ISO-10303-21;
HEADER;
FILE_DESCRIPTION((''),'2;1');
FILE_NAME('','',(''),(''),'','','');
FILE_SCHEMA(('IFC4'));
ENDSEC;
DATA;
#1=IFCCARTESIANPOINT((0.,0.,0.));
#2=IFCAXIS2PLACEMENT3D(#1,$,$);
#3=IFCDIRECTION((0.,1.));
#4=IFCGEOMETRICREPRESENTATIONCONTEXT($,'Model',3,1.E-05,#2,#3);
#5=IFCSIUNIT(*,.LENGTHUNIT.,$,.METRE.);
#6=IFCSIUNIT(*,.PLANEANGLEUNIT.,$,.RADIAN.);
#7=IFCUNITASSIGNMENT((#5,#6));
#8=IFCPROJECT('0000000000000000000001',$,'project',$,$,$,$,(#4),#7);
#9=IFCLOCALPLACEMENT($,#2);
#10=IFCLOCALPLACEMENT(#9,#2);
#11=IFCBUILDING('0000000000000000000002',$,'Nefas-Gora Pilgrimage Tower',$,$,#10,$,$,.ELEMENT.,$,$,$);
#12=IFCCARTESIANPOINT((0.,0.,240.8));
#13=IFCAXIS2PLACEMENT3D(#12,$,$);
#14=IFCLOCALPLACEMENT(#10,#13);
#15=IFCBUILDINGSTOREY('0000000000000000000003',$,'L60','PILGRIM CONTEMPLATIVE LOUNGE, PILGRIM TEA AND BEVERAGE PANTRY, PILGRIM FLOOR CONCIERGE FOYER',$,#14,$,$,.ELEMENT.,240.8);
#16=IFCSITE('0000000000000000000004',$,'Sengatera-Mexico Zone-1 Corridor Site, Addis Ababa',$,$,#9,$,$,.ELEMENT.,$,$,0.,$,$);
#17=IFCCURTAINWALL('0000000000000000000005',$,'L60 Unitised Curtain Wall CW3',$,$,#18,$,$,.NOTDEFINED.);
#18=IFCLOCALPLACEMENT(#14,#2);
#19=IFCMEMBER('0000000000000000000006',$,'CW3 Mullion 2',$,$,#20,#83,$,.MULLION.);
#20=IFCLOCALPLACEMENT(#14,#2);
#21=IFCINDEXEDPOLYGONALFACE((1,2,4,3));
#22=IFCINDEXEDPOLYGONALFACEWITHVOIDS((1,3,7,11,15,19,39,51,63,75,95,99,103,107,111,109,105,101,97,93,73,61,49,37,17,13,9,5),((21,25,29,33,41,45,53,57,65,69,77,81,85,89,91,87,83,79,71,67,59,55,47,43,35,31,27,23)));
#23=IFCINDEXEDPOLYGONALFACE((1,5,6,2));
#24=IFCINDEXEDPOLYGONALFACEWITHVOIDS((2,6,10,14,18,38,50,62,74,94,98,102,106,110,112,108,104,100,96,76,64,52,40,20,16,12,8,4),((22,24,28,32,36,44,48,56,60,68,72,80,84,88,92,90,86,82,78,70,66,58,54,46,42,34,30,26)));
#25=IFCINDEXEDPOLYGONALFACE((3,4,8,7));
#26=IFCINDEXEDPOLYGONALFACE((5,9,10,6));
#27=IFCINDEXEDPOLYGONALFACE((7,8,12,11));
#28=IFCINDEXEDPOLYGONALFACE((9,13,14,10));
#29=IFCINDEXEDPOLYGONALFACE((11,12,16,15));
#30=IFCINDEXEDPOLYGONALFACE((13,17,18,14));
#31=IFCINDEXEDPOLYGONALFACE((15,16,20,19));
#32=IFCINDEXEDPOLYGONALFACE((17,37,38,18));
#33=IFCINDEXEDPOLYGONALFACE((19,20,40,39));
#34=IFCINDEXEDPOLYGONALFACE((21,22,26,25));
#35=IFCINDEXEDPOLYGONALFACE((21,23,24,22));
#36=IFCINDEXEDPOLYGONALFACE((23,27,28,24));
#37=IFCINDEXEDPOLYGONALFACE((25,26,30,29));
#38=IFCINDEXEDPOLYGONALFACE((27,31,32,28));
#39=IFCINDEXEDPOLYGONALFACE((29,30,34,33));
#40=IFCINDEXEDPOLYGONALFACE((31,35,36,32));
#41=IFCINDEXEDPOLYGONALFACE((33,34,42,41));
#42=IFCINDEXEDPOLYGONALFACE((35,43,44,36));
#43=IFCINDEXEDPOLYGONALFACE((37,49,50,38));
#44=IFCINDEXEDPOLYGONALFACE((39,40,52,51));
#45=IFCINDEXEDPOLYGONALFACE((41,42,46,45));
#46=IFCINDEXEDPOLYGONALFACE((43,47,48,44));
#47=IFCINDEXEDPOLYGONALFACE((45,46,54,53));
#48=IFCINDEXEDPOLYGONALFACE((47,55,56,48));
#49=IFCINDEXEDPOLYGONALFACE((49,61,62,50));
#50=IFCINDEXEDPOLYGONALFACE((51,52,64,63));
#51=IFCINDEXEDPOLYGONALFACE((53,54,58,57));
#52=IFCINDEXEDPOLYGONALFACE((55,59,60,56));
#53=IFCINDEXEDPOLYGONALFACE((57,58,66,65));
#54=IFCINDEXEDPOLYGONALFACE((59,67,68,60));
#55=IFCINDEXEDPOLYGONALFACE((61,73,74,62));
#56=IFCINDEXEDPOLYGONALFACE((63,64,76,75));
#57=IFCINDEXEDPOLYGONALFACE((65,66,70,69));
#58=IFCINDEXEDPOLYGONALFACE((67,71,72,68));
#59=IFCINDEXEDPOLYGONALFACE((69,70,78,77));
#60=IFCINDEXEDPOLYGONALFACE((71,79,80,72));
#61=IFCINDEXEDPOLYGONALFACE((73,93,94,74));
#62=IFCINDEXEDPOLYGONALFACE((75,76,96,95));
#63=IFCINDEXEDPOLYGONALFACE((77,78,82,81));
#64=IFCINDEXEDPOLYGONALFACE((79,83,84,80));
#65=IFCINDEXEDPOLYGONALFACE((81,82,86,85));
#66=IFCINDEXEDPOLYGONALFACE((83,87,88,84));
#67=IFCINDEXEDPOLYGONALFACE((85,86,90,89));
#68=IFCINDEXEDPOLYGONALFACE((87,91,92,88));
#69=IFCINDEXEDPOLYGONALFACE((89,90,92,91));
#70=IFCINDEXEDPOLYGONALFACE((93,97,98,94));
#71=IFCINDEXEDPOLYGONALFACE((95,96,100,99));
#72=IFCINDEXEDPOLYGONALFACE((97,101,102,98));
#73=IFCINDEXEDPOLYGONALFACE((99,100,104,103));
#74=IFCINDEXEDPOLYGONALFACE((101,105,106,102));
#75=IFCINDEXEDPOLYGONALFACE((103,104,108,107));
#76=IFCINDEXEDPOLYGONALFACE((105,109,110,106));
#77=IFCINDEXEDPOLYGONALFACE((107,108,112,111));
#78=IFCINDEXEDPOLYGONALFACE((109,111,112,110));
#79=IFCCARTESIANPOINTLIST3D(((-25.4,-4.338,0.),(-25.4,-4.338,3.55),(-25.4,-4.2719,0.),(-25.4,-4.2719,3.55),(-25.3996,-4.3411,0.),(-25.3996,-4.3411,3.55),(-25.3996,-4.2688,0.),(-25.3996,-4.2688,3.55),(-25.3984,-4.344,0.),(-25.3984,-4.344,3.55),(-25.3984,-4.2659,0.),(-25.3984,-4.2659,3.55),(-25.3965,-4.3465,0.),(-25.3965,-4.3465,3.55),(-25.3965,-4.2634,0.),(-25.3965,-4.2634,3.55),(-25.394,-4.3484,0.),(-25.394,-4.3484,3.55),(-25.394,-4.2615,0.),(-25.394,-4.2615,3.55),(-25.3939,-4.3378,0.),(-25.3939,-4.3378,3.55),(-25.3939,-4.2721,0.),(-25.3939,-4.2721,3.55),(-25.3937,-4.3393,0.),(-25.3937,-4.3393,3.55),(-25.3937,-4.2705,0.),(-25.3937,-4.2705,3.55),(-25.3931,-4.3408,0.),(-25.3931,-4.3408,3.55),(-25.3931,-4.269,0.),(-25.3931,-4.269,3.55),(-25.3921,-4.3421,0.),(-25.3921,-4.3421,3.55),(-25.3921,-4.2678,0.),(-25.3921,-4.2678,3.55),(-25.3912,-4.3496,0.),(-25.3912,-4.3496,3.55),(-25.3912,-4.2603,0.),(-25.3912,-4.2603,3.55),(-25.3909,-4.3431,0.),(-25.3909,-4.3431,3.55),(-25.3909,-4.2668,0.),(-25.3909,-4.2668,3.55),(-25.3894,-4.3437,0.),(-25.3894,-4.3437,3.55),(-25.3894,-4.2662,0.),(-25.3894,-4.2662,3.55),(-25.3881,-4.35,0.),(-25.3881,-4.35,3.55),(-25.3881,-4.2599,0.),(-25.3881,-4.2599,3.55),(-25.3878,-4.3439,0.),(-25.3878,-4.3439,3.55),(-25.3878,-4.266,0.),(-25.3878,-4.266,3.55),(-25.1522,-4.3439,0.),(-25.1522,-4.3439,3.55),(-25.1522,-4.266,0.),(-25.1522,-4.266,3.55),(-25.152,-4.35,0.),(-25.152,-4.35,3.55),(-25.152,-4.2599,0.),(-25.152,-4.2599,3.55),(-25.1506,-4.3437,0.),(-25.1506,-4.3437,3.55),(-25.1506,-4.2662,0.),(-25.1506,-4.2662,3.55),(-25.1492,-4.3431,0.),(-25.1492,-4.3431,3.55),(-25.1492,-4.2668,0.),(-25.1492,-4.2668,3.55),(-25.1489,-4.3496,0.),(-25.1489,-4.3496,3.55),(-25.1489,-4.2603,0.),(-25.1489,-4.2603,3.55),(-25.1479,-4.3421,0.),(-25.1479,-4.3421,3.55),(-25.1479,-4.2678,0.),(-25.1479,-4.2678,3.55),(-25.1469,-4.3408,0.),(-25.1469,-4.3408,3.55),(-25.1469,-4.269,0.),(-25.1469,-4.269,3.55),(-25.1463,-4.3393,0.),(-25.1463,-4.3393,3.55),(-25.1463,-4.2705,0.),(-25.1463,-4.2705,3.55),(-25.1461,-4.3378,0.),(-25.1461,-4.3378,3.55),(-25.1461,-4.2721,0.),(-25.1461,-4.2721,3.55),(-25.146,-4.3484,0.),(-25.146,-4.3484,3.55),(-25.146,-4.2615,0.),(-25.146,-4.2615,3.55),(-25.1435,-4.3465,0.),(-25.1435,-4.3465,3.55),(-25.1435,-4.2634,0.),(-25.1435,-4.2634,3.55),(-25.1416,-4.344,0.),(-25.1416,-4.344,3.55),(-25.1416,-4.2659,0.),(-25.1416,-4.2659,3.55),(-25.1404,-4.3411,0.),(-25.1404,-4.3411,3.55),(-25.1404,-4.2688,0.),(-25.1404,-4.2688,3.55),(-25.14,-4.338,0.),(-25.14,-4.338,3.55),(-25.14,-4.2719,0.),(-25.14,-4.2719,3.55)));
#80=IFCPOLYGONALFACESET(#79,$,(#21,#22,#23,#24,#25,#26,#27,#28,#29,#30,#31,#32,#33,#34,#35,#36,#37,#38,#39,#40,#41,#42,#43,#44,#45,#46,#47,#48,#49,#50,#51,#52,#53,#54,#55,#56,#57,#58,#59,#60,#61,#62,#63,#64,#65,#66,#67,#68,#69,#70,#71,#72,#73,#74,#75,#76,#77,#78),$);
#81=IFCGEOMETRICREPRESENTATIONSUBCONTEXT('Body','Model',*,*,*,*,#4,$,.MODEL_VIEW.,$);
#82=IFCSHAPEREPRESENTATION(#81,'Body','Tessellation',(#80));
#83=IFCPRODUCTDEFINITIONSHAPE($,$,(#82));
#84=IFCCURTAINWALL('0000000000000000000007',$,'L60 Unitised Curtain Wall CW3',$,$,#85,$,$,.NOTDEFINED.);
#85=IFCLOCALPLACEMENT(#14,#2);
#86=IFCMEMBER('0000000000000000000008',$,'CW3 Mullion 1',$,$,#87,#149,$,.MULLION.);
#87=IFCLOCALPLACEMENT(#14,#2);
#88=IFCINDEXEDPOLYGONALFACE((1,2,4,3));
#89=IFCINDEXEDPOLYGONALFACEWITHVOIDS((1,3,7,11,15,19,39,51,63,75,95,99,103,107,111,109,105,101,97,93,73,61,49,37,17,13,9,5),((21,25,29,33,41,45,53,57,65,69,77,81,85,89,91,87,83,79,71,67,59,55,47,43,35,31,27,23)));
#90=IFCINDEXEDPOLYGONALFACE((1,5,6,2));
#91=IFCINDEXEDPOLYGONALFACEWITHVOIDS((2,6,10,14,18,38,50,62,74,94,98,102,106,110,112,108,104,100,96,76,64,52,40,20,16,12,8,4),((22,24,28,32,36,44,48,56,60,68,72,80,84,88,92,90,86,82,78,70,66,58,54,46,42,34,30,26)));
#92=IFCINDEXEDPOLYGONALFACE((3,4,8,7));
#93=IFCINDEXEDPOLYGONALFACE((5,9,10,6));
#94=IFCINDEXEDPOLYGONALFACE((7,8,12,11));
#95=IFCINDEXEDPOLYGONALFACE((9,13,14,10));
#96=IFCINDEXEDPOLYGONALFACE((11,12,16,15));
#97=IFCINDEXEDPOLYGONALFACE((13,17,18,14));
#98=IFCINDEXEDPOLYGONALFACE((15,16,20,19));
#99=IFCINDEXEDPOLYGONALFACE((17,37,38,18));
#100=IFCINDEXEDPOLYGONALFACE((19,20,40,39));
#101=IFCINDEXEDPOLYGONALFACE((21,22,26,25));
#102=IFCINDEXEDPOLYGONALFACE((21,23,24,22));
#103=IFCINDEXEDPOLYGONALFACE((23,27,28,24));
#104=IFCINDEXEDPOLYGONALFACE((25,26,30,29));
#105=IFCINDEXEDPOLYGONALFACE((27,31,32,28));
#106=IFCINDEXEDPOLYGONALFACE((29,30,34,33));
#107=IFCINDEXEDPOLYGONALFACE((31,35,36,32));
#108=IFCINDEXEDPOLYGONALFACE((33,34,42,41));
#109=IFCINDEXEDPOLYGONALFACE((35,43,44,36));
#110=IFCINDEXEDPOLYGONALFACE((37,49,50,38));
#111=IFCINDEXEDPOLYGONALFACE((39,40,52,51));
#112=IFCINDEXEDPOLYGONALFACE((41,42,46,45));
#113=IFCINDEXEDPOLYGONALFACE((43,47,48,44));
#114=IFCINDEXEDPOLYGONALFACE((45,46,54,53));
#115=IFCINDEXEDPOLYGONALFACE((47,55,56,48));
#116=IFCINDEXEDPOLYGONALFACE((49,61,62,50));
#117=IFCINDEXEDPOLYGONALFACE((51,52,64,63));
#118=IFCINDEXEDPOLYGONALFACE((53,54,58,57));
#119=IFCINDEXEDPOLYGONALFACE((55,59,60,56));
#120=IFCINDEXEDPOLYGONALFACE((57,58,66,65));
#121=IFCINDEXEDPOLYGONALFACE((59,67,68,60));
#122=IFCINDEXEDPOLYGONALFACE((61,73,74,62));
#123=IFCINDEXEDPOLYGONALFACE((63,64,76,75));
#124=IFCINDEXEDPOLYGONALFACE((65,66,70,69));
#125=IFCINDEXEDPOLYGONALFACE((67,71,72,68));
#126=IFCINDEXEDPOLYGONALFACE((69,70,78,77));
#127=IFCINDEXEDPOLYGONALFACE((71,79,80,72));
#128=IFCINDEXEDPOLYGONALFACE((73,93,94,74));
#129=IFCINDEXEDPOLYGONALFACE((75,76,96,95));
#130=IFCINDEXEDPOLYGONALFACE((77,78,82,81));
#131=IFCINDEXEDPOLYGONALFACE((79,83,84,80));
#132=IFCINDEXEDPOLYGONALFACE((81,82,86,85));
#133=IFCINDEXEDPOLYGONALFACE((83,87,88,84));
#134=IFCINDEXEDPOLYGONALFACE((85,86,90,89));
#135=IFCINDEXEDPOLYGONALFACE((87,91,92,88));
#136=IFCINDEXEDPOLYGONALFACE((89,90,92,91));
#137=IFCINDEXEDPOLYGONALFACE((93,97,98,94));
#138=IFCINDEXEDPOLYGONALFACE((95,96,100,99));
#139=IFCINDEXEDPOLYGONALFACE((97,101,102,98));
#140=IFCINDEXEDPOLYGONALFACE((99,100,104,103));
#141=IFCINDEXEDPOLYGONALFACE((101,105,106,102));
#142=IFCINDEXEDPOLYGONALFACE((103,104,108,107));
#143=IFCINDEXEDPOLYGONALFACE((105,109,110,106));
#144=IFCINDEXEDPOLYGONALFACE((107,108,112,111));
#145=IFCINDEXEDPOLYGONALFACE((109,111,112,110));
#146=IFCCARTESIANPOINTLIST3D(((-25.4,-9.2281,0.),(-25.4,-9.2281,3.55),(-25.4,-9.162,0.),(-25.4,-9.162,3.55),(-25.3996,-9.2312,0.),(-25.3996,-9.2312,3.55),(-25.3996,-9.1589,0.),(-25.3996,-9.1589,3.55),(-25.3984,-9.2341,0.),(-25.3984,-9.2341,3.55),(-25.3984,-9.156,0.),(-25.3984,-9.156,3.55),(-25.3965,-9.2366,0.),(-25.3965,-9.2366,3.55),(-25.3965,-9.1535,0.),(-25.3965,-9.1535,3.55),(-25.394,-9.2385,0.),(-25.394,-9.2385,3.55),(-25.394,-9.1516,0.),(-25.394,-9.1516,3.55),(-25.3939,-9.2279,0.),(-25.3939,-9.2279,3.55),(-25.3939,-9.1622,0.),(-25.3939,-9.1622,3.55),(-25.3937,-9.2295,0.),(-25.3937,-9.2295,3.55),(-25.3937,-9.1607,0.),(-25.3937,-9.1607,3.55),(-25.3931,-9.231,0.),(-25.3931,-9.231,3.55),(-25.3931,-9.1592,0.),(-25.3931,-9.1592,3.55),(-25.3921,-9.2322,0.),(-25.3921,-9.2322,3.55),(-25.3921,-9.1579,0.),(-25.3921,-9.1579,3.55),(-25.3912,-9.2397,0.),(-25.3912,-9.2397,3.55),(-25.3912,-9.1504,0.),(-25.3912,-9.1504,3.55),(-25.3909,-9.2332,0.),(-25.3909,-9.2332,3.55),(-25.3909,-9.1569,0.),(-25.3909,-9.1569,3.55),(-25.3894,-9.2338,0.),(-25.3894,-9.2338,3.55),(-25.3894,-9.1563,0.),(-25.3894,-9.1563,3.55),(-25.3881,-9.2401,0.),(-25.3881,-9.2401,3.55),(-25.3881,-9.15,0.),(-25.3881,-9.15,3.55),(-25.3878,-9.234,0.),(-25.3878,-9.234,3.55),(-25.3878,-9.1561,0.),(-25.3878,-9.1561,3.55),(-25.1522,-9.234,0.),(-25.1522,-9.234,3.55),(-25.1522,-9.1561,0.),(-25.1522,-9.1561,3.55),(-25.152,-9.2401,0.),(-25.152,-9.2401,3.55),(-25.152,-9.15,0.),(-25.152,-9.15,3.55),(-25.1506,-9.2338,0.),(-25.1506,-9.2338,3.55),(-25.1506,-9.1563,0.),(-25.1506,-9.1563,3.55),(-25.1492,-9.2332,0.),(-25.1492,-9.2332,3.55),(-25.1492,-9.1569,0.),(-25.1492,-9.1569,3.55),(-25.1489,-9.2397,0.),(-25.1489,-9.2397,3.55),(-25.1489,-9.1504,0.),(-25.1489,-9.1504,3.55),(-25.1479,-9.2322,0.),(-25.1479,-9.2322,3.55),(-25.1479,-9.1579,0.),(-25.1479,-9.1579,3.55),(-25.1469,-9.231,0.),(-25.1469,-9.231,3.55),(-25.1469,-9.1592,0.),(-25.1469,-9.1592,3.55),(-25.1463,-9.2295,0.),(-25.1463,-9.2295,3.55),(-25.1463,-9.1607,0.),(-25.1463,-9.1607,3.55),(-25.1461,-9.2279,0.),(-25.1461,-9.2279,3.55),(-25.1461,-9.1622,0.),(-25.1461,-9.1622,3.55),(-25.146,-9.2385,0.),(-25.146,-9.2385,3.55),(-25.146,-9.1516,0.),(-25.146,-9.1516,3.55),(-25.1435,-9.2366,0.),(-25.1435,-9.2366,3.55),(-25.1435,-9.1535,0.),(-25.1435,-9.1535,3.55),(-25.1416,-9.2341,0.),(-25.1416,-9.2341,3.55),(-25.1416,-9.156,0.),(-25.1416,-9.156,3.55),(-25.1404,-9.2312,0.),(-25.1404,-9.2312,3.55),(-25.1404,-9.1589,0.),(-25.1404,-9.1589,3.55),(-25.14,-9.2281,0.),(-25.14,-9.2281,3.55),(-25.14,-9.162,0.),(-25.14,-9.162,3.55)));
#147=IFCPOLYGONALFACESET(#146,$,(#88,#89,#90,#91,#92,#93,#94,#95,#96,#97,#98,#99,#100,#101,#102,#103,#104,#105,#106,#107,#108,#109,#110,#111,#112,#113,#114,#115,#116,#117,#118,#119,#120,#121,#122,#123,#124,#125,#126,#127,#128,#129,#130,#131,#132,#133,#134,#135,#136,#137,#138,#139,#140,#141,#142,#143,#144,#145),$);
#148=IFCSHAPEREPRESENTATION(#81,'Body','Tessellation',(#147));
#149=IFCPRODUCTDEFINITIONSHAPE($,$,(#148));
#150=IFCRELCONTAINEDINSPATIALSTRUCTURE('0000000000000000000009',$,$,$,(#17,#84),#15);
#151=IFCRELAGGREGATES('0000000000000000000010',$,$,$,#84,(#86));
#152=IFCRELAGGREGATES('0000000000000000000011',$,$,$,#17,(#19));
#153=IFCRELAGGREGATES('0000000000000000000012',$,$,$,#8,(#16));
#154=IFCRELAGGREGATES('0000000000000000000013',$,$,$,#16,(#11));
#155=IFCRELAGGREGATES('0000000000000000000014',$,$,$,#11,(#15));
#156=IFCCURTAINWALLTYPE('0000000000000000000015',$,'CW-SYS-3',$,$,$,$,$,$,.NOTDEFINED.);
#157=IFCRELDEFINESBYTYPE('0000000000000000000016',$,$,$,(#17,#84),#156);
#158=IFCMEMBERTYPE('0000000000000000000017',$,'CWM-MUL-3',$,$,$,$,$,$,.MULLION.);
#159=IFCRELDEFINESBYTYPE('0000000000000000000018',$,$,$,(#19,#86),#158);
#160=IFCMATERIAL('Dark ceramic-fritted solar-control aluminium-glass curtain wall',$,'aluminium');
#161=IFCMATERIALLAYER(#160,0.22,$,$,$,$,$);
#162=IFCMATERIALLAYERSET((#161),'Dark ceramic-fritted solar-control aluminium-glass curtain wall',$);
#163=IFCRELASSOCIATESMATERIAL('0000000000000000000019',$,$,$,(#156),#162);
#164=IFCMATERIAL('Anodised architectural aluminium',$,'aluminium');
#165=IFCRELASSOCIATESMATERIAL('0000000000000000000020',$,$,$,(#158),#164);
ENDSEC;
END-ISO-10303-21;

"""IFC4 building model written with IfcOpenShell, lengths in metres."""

from ifc_helpers import new_model, si_unit, direction, frame, origin, origin_2d, place, context, subcontext, project, spatial, hollow_rectangle, extrude, source, transform, mapped, material, layer, layer_set, material_profile, profile_set, type_object, element, aggregate, save


model = new_model("IFC4")

# Units and contexts
model_context = context("Model", 3, precision=1e-05, world=origin(), true_north=direction((0.0, 1.0)))
body_context = subcontext(model_context, "Body", "Model", "MODEL_VIEW")
ifc_project = project(units=[si_unit("LENGTHUNIT", "METRE"), si_unit("PLANEANGLEUNIT", "RADIAN")], contexts=[model_context])

# Site, building, storey
site_placement = place(None, origin())
site = spatial("IfcSite", under=ifc_project, at=site_placement, Name="Sengatera-Mexico Zone-1 Corridor Site, Addis Ababa", CompositionType="ELEMENT", RefElevation=0.0)
building_placement = place(site_placement, origin())
building = spatial("IfcBuilding", under=site, at=building_placement, Name="Nefas-Gora Pilgrimage Tower", CompositionType="ELEMENT")
storey_placement = place(building_placement, frame((0.0, 0.0, 240.8)))
storey = spatial("IfcBuildingStorey", under=building, at=storey_placement, Name="L60", Description="PILGRIM CONTEMPLATIVE LOUNGE, PILGRIM TEA AND BEVERAGE PANTRY, PILGRIM FLOOR CONCIERGE FOYER", CompositionType="ELEMENT", Elevation=240.8)

# Curtain wall, member
ifc_material_1 = material(Name="Dark ceramic-fritted solar-control aluminium-glass curtain wall", Category="aluminium")
ifc_layer_1 = layer(ifc_material_1, 0.22)
ifc_layer_set_1 = layer_set([ifc_layer_1], Name="Dark ceramic-fritted solar-control aluminium-glass curtain wall")
curtain_wall_type = type_object("IfcCurtainWallType", Name="CW-SYS-3", PredefinedType="NOTDEFINED", material=ifc_layer_set_1)
curtain_wall_1_placement = place(storey_placement, origin())
curtain_wall_1 = element("IfcCurtainWall", 1, at=curtain_wall_1_placement, inside=storey, type_object=curtain_wall_type, Name="L60 Unitised Curtain Wall CW3", PredefinedType="NOTDEFINED")
ifc_material_2 = material(Name="Anodised architectural aluminium", Category="aluminium")
ifc_material_profile_1 = material_profile(ifc_material_2, hollow_rectangle(XDim=0.0901, YDim=0.26, WallThickness=0.0061, InnerFilletRadius=0.0061, OuterFilletRadius=0.012, at=origin_2d()), Name="ALU MULLION 90x260")
ifc_profile_set_1 = profile_set([ifc_material_profile_1], Name="Anodised architectural aluminium")
member_type_1 = type_object("IfcMemberType", Name="CWM-MUL-3", PredefinedType="MULLION", material=ifc_profile_set_1)
shared_shape_1 = source(origin(), body_context, "Body", "SweptSolid", [
    extrude(hollow_rectangle(XDim=0.0901, YDim=0.26, WallThickness=0.0061, InnerFilletRadius=0.0061, OuterFilletRadius=0.012, at=origin_2d()), origin(), (0.0, 0.0, 1.0), 3.55),
])
member_1_placement = place(storey_placement, frame((-25.27, -4.3049, 0.0), z_axis=(0.0, 0.0, 1.0), x_axis=(0.0, -1.0, 0.0)))
member_1 = element("IfcMember", 2, at=member_1_placement, type_object=member_type_1, Name="CW3 Mullion 2", PredefinedType="MULLION", context=body_context, shape_type="MappedRepresentation", body=[
    mapped(shared_shape_1, transform((0.0, 0.0, 0.0), x_axis=(1.0, 0.0, 0.0), y_axis=(0.0, 1.0, 0.0), z_axis=(0.0, 0.0, 1.0), scale=1.0)),
])

# Curtain wall, member
curtain_wall_2_placement = place(storey_placement, origin())
curtain_wall_2 = element("IfcCurtainWall", 3, at=curtain_wall_2_placement, inside=storey, type_object=curtain_wall_type, Name="L60 Unitised Curtain Wall CW3", PredefinedType="NOTDEFINED")
member_2_placement = place(storey_placement, frame((-25.27, -9.1951, 0.0), z_axis=(0.0, 0.0, 1.0), x_axis=(0.0, -1.0, 0.0)))
member_2 = element("IfcMember", 4, at=member_2_placement, type_object=member_type_1, Name="CW3 Mullion 1", PredefinedType="MULLION", context=body_context, shape_type="MappedRepresentation", body=[
    mapped(shared_shape_1, transform((0.0, 0.0, 0.0), x_axis=(1.0, 0.0, 0.0), y_axis=(0.0, 1.0, 0.0), z_axis=(0.0, 0.0, 1.0), scale=1.0)),
])

aggregate(curtain_wall_2, [member_2])
aggregate(curtain_wall_1, [member_1])

save(model, "model.ifc")
